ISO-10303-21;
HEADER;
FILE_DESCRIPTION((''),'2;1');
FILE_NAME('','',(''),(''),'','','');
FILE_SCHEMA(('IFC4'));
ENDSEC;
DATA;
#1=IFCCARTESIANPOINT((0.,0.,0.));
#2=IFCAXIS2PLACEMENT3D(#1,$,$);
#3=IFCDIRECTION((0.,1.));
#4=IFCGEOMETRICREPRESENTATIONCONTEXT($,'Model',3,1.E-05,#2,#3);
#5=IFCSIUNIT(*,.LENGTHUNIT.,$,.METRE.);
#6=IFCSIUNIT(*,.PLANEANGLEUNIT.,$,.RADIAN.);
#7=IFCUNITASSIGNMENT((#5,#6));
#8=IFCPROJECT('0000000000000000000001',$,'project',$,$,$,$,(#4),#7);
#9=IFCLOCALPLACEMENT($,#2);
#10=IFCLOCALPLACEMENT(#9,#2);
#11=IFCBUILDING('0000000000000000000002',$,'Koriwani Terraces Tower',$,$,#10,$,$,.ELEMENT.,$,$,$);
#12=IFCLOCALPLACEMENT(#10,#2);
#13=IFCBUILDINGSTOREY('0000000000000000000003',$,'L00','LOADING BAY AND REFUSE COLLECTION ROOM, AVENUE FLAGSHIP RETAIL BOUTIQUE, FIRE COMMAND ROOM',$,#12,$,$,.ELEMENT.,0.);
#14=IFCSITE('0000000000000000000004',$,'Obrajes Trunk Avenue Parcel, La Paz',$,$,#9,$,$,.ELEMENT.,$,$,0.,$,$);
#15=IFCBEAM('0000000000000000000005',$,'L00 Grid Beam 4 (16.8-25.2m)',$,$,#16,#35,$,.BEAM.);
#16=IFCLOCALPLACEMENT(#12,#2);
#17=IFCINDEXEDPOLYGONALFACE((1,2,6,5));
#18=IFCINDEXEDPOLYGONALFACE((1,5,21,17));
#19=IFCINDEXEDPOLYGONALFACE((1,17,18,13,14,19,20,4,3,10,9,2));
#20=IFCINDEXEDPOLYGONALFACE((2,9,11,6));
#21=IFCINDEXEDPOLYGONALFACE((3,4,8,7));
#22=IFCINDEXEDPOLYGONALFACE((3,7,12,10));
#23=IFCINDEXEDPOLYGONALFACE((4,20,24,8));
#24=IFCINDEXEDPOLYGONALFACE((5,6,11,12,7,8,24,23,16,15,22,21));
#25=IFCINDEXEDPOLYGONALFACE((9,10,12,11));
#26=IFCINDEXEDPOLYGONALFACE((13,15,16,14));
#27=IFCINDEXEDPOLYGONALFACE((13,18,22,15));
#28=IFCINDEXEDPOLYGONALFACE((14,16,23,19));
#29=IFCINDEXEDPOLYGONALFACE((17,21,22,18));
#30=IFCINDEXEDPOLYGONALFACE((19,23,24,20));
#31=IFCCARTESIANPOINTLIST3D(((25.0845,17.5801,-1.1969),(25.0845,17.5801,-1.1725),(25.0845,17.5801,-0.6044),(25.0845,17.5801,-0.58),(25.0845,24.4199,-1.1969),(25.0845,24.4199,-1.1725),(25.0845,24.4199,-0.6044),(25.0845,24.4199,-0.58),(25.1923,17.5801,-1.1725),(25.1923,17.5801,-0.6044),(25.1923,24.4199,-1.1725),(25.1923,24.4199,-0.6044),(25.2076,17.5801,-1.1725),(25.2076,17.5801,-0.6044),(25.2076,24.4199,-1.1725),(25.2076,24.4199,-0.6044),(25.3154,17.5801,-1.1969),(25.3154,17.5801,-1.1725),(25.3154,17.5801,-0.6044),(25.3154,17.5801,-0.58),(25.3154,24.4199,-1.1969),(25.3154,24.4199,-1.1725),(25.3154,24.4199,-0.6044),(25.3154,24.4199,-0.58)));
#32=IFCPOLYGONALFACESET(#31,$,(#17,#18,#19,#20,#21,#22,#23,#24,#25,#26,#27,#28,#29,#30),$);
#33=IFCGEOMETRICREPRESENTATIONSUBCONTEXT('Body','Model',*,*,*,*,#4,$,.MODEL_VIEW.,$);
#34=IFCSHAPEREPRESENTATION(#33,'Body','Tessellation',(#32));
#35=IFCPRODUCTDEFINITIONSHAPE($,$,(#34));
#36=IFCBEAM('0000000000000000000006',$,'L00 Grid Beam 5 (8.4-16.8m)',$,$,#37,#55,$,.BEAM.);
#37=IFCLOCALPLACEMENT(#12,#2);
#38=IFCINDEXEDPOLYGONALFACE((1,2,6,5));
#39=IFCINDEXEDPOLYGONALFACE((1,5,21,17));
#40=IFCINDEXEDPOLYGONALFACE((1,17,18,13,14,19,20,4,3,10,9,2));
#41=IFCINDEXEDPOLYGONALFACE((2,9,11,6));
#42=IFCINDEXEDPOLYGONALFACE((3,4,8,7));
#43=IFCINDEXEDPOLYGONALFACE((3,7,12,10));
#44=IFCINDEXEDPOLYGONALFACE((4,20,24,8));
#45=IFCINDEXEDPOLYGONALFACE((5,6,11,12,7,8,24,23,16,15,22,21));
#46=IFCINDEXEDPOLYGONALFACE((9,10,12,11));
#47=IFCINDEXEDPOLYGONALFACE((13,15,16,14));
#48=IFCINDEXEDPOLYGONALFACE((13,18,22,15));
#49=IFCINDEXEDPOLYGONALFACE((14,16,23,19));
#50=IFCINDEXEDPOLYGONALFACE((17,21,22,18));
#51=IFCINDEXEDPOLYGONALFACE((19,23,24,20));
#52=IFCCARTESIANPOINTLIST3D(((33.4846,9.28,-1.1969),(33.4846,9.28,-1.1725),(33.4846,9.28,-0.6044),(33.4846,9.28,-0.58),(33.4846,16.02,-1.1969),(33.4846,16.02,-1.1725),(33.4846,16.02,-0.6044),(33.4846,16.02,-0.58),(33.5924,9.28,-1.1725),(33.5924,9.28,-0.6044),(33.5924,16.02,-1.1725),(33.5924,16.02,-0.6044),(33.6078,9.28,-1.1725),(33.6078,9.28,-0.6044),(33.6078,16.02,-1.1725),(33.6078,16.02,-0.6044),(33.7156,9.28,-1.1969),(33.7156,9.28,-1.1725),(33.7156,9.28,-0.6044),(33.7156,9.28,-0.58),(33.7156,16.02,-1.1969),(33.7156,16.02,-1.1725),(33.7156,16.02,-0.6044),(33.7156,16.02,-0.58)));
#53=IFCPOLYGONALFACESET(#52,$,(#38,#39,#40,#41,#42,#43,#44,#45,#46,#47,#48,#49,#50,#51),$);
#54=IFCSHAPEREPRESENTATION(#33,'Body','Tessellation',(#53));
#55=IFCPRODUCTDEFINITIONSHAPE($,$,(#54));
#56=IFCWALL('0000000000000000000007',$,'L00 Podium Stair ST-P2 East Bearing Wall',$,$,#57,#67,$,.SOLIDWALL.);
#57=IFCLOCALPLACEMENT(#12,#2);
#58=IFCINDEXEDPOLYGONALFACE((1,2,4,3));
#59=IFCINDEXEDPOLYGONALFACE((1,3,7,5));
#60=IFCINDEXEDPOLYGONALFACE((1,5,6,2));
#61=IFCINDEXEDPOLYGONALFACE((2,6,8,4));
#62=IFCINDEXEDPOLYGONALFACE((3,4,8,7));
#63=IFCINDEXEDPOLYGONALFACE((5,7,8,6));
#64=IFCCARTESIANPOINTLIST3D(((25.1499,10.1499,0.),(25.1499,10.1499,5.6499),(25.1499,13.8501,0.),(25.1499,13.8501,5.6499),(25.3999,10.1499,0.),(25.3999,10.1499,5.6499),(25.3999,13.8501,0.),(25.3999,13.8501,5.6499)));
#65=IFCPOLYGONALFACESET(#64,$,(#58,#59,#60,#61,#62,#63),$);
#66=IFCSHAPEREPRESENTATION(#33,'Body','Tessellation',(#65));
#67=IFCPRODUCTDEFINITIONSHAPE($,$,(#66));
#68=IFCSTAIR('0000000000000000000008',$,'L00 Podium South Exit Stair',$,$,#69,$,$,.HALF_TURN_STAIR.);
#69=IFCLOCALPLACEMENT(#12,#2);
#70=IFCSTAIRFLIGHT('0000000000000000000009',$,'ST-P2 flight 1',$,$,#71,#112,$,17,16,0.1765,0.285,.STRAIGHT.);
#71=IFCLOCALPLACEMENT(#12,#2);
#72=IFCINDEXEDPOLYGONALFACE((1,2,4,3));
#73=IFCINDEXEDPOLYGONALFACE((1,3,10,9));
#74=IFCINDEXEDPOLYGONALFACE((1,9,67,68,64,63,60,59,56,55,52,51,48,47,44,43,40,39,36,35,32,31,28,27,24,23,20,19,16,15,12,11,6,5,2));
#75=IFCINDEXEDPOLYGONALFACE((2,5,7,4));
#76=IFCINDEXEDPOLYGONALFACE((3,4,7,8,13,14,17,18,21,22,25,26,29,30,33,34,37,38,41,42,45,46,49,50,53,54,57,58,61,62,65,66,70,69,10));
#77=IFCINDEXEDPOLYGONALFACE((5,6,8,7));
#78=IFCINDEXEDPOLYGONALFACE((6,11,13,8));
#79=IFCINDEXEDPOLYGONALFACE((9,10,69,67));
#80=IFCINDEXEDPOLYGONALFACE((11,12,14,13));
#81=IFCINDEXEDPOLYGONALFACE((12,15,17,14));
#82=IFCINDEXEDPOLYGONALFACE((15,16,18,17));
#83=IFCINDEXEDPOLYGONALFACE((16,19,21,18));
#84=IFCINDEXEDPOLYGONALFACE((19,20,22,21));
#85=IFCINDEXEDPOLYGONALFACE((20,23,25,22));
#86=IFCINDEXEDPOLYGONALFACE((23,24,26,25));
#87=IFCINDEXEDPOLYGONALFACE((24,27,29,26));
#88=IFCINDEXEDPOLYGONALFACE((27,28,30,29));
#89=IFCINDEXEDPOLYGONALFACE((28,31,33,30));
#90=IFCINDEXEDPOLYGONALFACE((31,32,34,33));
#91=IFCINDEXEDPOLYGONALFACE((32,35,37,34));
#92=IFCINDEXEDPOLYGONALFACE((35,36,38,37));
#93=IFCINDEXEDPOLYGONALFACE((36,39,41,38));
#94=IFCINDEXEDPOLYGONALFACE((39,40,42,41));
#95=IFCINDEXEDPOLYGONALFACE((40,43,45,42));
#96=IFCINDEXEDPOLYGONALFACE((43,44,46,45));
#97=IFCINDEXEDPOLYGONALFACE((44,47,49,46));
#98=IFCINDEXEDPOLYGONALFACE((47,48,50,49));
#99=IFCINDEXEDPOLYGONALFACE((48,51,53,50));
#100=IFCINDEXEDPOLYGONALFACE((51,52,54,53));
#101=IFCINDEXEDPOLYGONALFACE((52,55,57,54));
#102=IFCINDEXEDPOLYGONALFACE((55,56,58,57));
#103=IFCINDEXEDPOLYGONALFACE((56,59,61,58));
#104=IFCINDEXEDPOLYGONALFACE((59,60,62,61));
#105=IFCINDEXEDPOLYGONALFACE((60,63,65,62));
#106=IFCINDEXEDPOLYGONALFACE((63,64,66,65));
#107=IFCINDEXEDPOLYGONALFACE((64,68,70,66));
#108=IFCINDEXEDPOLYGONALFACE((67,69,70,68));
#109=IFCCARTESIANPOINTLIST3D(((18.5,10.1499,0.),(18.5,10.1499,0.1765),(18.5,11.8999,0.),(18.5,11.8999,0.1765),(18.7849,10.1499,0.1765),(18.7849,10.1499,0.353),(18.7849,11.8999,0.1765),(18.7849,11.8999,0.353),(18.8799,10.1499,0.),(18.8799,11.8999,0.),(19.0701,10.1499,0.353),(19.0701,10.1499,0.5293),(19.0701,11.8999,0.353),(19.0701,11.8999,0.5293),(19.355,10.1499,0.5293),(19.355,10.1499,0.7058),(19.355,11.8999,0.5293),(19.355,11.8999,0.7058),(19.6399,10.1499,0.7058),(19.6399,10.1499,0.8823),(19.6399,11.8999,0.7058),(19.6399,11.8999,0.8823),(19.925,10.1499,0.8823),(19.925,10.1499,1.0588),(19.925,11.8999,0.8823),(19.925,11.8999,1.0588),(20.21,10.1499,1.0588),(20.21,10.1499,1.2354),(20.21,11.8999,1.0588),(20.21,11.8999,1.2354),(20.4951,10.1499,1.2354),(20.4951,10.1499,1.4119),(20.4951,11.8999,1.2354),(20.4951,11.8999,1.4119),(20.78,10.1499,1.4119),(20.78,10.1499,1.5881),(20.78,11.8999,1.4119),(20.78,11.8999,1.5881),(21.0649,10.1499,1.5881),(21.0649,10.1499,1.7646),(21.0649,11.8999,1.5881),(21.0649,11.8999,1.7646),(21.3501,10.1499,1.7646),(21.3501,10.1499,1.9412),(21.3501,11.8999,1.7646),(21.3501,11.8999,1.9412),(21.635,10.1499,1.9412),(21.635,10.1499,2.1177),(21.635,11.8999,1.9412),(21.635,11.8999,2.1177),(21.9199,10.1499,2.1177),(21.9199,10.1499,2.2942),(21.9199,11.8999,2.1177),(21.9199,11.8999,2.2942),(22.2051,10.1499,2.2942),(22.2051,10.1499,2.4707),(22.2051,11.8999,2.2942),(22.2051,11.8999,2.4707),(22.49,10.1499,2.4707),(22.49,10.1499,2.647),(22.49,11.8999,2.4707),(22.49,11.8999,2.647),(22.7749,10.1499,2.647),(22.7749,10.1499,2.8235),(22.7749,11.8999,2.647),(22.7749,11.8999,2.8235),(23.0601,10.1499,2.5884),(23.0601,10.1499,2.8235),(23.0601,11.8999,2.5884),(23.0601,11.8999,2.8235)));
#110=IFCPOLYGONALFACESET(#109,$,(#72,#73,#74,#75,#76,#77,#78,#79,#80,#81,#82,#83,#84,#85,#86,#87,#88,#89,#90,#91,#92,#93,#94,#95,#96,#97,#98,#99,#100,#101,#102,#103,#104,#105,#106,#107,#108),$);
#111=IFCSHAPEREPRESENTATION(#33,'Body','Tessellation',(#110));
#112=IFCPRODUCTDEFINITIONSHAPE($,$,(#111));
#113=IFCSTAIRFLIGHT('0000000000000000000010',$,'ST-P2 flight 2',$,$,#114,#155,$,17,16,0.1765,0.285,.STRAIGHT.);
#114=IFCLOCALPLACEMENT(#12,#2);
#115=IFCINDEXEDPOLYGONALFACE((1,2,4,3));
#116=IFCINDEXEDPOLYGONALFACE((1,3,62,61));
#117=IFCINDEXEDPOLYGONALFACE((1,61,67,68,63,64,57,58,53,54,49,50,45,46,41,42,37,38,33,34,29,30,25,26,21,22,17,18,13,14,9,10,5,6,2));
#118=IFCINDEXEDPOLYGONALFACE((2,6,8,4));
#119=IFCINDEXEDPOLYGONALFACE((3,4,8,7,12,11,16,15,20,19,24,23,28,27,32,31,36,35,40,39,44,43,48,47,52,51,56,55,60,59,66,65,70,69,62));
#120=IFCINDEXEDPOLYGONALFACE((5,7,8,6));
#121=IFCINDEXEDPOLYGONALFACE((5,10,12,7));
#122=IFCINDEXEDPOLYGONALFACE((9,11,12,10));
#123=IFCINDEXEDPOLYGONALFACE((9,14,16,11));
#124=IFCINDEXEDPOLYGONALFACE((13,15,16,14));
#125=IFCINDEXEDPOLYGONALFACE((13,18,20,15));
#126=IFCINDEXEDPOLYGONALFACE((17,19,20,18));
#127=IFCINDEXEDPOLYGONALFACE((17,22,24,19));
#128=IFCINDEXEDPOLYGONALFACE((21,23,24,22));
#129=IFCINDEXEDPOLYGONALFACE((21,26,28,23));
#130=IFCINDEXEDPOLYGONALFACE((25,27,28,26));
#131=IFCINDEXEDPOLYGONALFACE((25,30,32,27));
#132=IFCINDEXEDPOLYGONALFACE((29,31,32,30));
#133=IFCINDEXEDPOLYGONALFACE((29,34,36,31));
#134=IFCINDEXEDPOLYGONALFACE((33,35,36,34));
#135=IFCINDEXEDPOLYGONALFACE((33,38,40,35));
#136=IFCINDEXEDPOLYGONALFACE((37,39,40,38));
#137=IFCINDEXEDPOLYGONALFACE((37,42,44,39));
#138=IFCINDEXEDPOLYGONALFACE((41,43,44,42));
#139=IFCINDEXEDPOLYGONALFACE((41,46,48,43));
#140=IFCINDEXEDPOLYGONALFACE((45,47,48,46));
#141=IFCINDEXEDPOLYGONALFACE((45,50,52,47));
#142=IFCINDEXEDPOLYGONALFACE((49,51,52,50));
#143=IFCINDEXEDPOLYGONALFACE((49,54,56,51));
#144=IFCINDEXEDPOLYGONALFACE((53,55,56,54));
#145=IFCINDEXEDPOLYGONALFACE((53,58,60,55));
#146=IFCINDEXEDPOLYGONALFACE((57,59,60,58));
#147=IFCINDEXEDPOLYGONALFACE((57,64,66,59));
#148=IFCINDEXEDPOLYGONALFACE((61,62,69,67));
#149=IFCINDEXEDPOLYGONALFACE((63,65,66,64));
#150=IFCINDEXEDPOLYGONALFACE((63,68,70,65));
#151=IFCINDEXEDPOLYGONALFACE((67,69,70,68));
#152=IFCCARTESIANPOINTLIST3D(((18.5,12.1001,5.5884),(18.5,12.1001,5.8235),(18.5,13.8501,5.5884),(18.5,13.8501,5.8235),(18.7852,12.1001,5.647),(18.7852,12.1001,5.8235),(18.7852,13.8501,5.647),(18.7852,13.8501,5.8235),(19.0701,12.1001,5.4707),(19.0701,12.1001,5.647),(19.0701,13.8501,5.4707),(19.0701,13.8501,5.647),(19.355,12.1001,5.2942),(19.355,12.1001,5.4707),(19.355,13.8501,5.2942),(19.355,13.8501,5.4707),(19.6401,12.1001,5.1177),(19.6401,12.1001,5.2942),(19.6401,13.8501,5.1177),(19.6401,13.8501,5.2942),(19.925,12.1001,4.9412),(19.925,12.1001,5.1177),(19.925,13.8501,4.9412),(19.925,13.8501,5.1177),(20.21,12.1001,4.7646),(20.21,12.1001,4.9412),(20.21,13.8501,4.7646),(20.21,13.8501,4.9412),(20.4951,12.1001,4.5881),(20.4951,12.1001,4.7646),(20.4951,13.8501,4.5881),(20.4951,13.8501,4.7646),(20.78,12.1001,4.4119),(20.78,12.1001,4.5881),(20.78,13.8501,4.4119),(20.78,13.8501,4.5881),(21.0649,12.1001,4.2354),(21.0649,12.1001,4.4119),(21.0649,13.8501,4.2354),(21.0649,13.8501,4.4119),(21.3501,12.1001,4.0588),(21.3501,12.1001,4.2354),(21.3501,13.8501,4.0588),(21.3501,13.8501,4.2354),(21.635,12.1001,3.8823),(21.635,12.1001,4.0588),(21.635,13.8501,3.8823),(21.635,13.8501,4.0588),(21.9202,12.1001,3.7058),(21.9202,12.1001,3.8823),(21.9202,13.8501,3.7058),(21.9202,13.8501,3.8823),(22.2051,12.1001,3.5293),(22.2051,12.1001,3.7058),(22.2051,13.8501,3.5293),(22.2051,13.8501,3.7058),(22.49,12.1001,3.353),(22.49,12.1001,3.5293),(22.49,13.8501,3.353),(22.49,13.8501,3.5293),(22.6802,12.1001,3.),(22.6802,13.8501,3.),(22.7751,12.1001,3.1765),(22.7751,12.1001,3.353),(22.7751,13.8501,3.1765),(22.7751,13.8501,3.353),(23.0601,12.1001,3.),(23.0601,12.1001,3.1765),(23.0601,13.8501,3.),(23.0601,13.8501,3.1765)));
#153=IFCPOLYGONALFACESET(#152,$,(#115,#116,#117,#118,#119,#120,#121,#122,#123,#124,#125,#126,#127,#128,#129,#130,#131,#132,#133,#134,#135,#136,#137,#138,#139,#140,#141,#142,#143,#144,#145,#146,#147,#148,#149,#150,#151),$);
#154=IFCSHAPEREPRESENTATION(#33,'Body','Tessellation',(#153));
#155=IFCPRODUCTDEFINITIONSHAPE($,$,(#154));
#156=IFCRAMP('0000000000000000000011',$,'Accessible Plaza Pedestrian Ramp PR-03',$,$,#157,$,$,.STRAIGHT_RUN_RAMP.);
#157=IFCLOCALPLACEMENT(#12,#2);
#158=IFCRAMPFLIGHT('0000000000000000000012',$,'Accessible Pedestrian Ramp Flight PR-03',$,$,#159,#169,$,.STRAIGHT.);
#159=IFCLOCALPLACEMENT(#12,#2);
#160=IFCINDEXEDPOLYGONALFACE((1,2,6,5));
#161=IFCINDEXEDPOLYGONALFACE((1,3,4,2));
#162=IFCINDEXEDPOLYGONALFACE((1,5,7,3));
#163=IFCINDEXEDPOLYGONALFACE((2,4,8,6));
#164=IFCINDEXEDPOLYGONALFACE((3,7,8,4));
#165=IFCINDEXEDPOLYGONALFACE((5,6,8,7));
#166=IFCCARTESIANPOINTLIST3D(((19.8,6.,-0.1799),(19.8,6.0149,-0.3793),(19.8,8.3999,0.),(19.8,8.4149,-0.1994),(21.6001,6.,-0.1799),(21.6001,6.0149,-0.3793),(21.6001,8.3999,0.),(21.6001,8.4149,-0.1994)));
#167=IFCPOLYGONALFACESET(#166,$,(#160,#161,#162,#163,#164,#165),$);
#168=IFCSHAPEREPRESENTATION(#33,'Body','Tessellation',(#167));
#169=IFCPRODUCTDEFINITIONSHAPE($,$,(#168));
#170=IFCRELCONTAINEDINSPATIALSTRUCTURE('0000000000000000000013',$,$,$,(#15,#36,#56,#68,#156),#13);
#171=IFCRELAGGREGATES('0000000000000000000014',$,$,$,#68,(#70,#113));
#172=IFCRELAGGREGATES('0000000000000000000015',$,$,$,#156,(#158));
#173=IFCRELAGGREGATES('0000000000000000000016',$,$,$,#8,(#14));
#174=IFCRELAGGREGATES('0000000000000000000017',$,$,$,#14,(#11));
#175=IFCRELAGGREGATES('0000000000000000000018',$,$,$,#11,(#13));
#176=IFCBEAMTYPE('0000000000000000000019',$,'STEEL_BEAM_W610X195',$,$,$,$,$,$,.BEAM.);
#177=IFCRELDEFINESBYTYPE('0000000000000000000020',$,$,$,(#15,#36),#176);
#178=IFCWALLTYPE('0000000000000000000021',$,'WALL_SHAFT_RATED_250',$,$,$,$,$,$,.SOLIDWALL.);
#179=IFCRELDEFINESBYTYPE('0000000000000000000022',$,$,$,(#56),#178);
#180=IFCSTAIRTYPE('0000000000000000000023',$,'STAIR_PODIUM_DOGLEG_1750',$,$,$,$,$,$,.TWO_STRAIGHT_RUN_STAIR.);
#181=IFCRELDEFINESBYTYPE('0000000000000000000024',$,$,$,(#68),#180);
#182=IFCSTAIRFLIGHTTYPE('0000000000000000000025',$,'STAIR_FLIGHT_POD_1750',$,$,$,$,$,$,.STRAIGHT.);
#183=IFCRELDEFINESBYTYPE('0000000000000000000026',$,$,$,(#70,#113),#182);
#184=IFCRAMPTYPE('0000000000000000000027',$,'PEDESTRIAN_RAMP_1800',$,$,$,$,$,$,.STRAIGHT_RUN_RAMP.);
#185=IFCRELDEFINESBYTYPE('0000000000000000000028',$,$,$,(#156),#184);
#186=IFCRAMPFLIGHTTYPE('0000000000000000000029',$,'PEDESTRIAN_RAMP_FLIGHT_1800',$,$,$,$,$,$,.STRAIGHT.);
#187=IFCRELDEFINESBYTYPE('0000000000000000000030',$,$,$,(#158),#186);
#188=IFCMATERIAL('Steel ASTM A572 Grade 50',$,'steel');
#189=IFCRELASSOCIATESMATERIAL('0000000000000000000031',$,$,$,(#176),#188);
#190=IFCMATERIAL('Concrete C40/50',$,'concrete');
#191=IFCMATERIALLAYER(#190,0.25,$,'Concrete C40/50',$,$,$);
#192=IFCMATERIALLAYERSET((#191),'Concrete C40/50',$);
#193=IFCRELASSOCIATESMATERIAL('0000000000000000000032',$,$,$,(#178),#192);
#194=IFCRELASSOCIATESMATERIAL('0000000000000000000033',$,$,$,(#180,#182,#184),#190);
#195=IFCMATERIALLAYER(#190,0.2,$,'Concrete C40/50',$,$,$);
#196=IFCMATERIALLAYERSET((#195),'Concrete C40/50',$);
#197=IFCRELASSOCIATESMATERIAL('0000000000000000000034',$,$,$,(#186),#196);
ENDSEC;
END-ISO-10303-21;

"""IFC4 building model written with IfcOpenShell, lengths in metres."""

from ifc_helpers import new_model, si_unit, direction, frame, frame_2d, origin, origin_2d, place, context, subcontext, project, spatial, polyline, rectangle, i_section, outline, extrude, material, layer, layer_set, material_profile, profile_set, type_object, element, aggregate, save


model = new_model("IFC4")

# Units and contexts
model_context = context("Model", 3, precision=1e-05, world=origin(), true_north=direction((0.0, 1.0)))
body_context = subcontext(model_context, "Body", "Model", "MODEL_VIEW")
ifc_project = project(units=[si_unit("LENGTHUNIT", "METRE"), si_unit("PLANEANGLEUNIT", "RADIAN")], contexts=[model_context])

# Site, building, storey
site_placement = place(None, origin())
site = spatial("IfcSite", under=ifc_project, at=site_placement, Name="Obrajes Trunk Avenue Parcel, La Paz", CompositionType="ELEMENT", RefElevation=0.0)
building_placement = place(site_placement, origin())
building = spatial("IfcBuilding", under=site, at=building_placement, Name="Koriwani Terraces Tower", CompositionType="ELEMENT")
storey_placement = place(building_placement, origin())
storey = spatial("IfcBuildingStorey", under=building, at=storey_placement, Name="L00", Description="LOADING BAY AND REFUSE COLLECTION ROOM, AVENUE FLAGSHIP RETAIL BOUTIQUE, FIRE COMMAND ROOM", CompositionType="ELEMENT", Elevation=0.0)

# Beams
ifc_material_1 = material(Name="Concrete C40/50", Category="concrete")
ifc_material_2 = material(Name="Steel ASTM A572 Grade 50", Category="steel")
ifc_material_profile_1 = material_profile(ifc_material_2, i_section(OverallWidth=0.231, OverallDepth=0.6169, WebThickness=0.0154, FlangeThickness=0.0244, at=origin_2d()), Name="Steel ASTM A572 Grade 50", Category="LoadBearing")
ifc_profile_set_1 = profile_set([ifc_material_profile_1], Name="Steel ASTM A572 Grade 50")
beam_type_1 = type_object("IfcBeamType", Name="STEEL_BEAM_W610X195", PredefinedType="BEAM", material=ifc_profile_set_1)
beam_1_placement = place(storey_placement, frame((25.2, 17.5801, -0.8884), z_axis=(0.0, 1.0, 0.0), x_axis=(-1.0, 0.0, 0.0)))
element("IfcBeam", 1, at=beam_1_placement, inside=storey, type_object=beam_type_1, Name="L00 Grid Beam 4 (16.8-25.2m)", PredefinedType="BEAM", context=body_context, shape_type="SweptSolid", body=[
    extrude(i_section(OverallWidth=0.231, OverallDepth=0.6169, WebThickness=0.0154, FlangeThickness=0.0244, at=origin_2d()), origin(), (0.0, 0.0, 1.0), 6.8398),
])
beam_2_placement = place(storey_placement, frame((33.6001, 9.28, -0.8884), z_axis=(0.0, 1.0, 0.0), x_axis=(-1.0, 0.0, 0.0)))
element("IfcBeam", 2, at=beam_2_placement, inside=storey, type_object=beam_type_1, Name="L00 Grid Beam 5 (8.4-16.8m)", PredefinedType="BEAM", context=body_context, shape_type="SweptSolid", body=[
    extrude(i_section(OverallWidth=0.231, OverallDepth=0.6169, WebThickness=0.0154, FlangeThickness=0.0244, at=origin_2d()), origin(), (0.0, 0.0, 1.0), 6.74),
])

# Wall
ifc_layer_1 = layer(ifc_material_1, 0.25, Name="Concrete C40/50")
ifc_layer_set_1 = layer_set([ifc_layer_1], Name="Concrete C40/50")
wall_type = type_object("IfcWallType", Name="WALL_SHAFT_RATED_250", PredefinedType="SOLIDWALL", material=ifc_layer_set_1)
wall_1_placement = place(storey_placement, frame((25.2749, 10.1499, 0.0), z_axis=(0.0, 0.0, 1.0), x_axis=(0.0, 1.0, 0.0)))
element("IfcWall", 3, at=wall_1_placement, inside=storey, type_object=wall_type, Name="L00 Podium Stair ST-P2 East Bearing Wall", PredefinedType="SOLIDWALL", context=body_context, shape_type="SweptSolid", body=[
    extrude(rectangle(XDim=3.7002, YDim=0.25, at=frame_2d((1.8501, 0.0))), origin(), (0.0, 0.0, 1.0), 5.6499),
])

# Stair, stair flights
stair_type = type_object("IfcStairType", Name="STAIR_PODIUM_DOGLEG_1750", PredefinedType="TWO_STRAIGHT_RUN_STAIR", material=ifc_material_1)
stair_placement = place(storey_placement, origin())
stair = element("IfcStair", 4, at=stair_placement, inside=storey, type_object=stair_type, Name="L00 Podium South Exit Stair", PredefinedType="HALF_TURN_STAIR")
stair_flight_type = type_object("IfcStairFlightType", Name="STAIR_FLIGHT_POD_1750", PredefinedType="STRAIGHT", material=ifc_material_1)
stair_flight_1_placement = place(storey_placement, frame((18.5, 11.0249, 0.0), z_axis=(0.0, 0.0, 1.0), x_axis=(1.0, 0.0, 0.0)))
stair_flight_1 = element("IfcStairFlight", 5, at=stair_flight_1_placement, type_object=stair_flight_type, Name="ST-P2 flight 1", NumberOfRisers=17, NumberOfTreads=16, PredefinedType="STRAIGHT", RiserHeight=0.1765, TreadLength=0.285, context=body_context, shape_type="SweptSolid", body=[
    extrude(outline(polyline([(0.0, 0.0), (0.0, 0.1765), (0.2849, 0.1765), (0.2849, 0.353), (0.5701, 0.353), (0.5701, 0.5293), (0.855, 0.5293), (0.855, 0.7058), (1.1399, 0.7058), (1.1399, 0.8823), (1.425, 0.8823), (1.425, 1.0588), (1.71, 1.0588), (1.71, 1.2354), (1.9951, 1.2354), (1.9951, 1.4119), (2.28, 1.4119), (2.28, 1.5881), (2.5649, 1.5881), (2.5649, 1.7646), (2.8501, 1.7646), (2.8501, 1.9412), (3.135, 1.9412), (3.135, 2.1177), (3.4199, 2.1177), (3.4199, 2.2942), (3.7051, 2.2942), (3.7051, 2.4707), (3.99, 2.4707), (3.99, 2.647), (4.2749, 2.647), (4.2749, 2.8235), (4.5601, 2.8235), (4.5601, 3.0), (4.5601, 2.5884), (0.3799, 0.0), (0.0, 0.0)])), frame((0.0, 0.875, 0.0), z_axis=(0.0, -1.0, 0.0), x_axis=(1.0, 0.0, 0.0)), (0.0, 0.0, 1.0), 1.75),
])
stair_flight_2_placement = place(storey_placement, frame((23.0601, 12.9751, 3.0), z_axis=(0.0, 0.0, 1.0), x_axis=(-1.0, 0.0, 0.0)))
stair_flight_2 = element("IfcStairFlight", 6, at=stair_flight_2_placement, type_object=stair_flight_type, Name="ST-P2 flight 2", NumberOfRisers=17, NumberOfTreads=16, PredefinedType="STRAIGHT", RiserHeight=0.1765, TreadLength=0.285, context=body_context, shape_type="SweptSolid", body=[
    extrude(outline(polyline([(0.0, 0.0), (0.0, 0.1765), (0.2849, 0.1765), (0.2849, 0.353), (0.5701, 0.353), (0.5701, 0.5293), (0.855, 0.5293), (0.855, 0.7058), (1.1399, 0.7058), (1.1399, 0.8823), (1.425, 0.8823), (1.425, 1.0588), (1.71, 1.0588), (1.71, 1.2354), (1.9951, 1.2354), (1.9951, 1.4119), (2.28, 1.4119), (2.28, 1.5881), (2.5649, 1.5881), (2.5649, 1.7646), (2.8501, 1.7646), (2.8501, 1.9412), (3.135, 1.9412), (3.135, 2.1177), (3.4199, 2.1177), (3.4199, 2.2942), (3.7051, 2.2942), (3.7051, 2.4707), (3.99, 2.4707), (3.99, 2.647), (4.2749, 2.647), (4.2749, 2.8235), (4.5601, 2.8235), (4.5601, 3.0), (4.5601, 2.5884), (0.3799, 0.0), (0.0, 0.0)])), frame((0.0, 0.875, 0.0), z_axis=(0.0, -1.0, 0.0), x_axis=(1.0, 0.0, 0.0)), (0.0, 0.0, 1.0), 1.75),
])
aggregate(stair, [stair_flight_1, stair_flight_2])

# Ramp, ramp flight
ramp_type = type_object("IfcRampType", Name="PEDESTRIAN_RAMP_1800", PredefinedType="STRAIGHT_RUN_RAMP", material=ifc_material_1)
ramp_placement = place(storey_placement, origin())
ramp = element("IfcRamp", 7, at=ramp_placement, inside=storey, type_object=ramp_type, Name="Accessible Plaza Pedestrian Ramp PR-03", PredefinedType="STRAIGHT_RUN_RAMP")
ifc_layer_2 = layer(ifc_material_1, 0.2, Name="Concrete C40/50")
ifc_layer_set_2 = layer_set([ifc_layer_2], Name="Concrete C40/50")
ramp_flight_type = type_object("IfcRampFlightType", Name="PEDESTRIAN_RAMP_FLIGHT_1800", PredefinedType="STRAIGHT", material=ifc_layer_set_2)
ramp_flight_placement = place(storey_placement, frame((19.8, 6.0, -0.1799), z_axis=(0.0, -0.074765, 0.997201), x_axis=(1.0, 0.0, 0.0)))
ramp_flight = element("IfcRampFlight", 8, at=ramp_flight_placement, type_object=ramp_flight_type, Name="Accessible Pedestrian Ramp Flight PR-03", PredefinedType="STRAIGHT", context=body_context, shape_type="SweptSolid", body=[
    extrude(outline(polyline([(0.0, 0.0), (1.8, 0.0), (1.8, 2.4066), (0.0, 2.4066), (0.0, 0.0)])), origin(), (0.0, 0.0, -1.0), 0.2),
])
aggregate(ramp, [ramp_flight])

save(model, "model.ifc")
